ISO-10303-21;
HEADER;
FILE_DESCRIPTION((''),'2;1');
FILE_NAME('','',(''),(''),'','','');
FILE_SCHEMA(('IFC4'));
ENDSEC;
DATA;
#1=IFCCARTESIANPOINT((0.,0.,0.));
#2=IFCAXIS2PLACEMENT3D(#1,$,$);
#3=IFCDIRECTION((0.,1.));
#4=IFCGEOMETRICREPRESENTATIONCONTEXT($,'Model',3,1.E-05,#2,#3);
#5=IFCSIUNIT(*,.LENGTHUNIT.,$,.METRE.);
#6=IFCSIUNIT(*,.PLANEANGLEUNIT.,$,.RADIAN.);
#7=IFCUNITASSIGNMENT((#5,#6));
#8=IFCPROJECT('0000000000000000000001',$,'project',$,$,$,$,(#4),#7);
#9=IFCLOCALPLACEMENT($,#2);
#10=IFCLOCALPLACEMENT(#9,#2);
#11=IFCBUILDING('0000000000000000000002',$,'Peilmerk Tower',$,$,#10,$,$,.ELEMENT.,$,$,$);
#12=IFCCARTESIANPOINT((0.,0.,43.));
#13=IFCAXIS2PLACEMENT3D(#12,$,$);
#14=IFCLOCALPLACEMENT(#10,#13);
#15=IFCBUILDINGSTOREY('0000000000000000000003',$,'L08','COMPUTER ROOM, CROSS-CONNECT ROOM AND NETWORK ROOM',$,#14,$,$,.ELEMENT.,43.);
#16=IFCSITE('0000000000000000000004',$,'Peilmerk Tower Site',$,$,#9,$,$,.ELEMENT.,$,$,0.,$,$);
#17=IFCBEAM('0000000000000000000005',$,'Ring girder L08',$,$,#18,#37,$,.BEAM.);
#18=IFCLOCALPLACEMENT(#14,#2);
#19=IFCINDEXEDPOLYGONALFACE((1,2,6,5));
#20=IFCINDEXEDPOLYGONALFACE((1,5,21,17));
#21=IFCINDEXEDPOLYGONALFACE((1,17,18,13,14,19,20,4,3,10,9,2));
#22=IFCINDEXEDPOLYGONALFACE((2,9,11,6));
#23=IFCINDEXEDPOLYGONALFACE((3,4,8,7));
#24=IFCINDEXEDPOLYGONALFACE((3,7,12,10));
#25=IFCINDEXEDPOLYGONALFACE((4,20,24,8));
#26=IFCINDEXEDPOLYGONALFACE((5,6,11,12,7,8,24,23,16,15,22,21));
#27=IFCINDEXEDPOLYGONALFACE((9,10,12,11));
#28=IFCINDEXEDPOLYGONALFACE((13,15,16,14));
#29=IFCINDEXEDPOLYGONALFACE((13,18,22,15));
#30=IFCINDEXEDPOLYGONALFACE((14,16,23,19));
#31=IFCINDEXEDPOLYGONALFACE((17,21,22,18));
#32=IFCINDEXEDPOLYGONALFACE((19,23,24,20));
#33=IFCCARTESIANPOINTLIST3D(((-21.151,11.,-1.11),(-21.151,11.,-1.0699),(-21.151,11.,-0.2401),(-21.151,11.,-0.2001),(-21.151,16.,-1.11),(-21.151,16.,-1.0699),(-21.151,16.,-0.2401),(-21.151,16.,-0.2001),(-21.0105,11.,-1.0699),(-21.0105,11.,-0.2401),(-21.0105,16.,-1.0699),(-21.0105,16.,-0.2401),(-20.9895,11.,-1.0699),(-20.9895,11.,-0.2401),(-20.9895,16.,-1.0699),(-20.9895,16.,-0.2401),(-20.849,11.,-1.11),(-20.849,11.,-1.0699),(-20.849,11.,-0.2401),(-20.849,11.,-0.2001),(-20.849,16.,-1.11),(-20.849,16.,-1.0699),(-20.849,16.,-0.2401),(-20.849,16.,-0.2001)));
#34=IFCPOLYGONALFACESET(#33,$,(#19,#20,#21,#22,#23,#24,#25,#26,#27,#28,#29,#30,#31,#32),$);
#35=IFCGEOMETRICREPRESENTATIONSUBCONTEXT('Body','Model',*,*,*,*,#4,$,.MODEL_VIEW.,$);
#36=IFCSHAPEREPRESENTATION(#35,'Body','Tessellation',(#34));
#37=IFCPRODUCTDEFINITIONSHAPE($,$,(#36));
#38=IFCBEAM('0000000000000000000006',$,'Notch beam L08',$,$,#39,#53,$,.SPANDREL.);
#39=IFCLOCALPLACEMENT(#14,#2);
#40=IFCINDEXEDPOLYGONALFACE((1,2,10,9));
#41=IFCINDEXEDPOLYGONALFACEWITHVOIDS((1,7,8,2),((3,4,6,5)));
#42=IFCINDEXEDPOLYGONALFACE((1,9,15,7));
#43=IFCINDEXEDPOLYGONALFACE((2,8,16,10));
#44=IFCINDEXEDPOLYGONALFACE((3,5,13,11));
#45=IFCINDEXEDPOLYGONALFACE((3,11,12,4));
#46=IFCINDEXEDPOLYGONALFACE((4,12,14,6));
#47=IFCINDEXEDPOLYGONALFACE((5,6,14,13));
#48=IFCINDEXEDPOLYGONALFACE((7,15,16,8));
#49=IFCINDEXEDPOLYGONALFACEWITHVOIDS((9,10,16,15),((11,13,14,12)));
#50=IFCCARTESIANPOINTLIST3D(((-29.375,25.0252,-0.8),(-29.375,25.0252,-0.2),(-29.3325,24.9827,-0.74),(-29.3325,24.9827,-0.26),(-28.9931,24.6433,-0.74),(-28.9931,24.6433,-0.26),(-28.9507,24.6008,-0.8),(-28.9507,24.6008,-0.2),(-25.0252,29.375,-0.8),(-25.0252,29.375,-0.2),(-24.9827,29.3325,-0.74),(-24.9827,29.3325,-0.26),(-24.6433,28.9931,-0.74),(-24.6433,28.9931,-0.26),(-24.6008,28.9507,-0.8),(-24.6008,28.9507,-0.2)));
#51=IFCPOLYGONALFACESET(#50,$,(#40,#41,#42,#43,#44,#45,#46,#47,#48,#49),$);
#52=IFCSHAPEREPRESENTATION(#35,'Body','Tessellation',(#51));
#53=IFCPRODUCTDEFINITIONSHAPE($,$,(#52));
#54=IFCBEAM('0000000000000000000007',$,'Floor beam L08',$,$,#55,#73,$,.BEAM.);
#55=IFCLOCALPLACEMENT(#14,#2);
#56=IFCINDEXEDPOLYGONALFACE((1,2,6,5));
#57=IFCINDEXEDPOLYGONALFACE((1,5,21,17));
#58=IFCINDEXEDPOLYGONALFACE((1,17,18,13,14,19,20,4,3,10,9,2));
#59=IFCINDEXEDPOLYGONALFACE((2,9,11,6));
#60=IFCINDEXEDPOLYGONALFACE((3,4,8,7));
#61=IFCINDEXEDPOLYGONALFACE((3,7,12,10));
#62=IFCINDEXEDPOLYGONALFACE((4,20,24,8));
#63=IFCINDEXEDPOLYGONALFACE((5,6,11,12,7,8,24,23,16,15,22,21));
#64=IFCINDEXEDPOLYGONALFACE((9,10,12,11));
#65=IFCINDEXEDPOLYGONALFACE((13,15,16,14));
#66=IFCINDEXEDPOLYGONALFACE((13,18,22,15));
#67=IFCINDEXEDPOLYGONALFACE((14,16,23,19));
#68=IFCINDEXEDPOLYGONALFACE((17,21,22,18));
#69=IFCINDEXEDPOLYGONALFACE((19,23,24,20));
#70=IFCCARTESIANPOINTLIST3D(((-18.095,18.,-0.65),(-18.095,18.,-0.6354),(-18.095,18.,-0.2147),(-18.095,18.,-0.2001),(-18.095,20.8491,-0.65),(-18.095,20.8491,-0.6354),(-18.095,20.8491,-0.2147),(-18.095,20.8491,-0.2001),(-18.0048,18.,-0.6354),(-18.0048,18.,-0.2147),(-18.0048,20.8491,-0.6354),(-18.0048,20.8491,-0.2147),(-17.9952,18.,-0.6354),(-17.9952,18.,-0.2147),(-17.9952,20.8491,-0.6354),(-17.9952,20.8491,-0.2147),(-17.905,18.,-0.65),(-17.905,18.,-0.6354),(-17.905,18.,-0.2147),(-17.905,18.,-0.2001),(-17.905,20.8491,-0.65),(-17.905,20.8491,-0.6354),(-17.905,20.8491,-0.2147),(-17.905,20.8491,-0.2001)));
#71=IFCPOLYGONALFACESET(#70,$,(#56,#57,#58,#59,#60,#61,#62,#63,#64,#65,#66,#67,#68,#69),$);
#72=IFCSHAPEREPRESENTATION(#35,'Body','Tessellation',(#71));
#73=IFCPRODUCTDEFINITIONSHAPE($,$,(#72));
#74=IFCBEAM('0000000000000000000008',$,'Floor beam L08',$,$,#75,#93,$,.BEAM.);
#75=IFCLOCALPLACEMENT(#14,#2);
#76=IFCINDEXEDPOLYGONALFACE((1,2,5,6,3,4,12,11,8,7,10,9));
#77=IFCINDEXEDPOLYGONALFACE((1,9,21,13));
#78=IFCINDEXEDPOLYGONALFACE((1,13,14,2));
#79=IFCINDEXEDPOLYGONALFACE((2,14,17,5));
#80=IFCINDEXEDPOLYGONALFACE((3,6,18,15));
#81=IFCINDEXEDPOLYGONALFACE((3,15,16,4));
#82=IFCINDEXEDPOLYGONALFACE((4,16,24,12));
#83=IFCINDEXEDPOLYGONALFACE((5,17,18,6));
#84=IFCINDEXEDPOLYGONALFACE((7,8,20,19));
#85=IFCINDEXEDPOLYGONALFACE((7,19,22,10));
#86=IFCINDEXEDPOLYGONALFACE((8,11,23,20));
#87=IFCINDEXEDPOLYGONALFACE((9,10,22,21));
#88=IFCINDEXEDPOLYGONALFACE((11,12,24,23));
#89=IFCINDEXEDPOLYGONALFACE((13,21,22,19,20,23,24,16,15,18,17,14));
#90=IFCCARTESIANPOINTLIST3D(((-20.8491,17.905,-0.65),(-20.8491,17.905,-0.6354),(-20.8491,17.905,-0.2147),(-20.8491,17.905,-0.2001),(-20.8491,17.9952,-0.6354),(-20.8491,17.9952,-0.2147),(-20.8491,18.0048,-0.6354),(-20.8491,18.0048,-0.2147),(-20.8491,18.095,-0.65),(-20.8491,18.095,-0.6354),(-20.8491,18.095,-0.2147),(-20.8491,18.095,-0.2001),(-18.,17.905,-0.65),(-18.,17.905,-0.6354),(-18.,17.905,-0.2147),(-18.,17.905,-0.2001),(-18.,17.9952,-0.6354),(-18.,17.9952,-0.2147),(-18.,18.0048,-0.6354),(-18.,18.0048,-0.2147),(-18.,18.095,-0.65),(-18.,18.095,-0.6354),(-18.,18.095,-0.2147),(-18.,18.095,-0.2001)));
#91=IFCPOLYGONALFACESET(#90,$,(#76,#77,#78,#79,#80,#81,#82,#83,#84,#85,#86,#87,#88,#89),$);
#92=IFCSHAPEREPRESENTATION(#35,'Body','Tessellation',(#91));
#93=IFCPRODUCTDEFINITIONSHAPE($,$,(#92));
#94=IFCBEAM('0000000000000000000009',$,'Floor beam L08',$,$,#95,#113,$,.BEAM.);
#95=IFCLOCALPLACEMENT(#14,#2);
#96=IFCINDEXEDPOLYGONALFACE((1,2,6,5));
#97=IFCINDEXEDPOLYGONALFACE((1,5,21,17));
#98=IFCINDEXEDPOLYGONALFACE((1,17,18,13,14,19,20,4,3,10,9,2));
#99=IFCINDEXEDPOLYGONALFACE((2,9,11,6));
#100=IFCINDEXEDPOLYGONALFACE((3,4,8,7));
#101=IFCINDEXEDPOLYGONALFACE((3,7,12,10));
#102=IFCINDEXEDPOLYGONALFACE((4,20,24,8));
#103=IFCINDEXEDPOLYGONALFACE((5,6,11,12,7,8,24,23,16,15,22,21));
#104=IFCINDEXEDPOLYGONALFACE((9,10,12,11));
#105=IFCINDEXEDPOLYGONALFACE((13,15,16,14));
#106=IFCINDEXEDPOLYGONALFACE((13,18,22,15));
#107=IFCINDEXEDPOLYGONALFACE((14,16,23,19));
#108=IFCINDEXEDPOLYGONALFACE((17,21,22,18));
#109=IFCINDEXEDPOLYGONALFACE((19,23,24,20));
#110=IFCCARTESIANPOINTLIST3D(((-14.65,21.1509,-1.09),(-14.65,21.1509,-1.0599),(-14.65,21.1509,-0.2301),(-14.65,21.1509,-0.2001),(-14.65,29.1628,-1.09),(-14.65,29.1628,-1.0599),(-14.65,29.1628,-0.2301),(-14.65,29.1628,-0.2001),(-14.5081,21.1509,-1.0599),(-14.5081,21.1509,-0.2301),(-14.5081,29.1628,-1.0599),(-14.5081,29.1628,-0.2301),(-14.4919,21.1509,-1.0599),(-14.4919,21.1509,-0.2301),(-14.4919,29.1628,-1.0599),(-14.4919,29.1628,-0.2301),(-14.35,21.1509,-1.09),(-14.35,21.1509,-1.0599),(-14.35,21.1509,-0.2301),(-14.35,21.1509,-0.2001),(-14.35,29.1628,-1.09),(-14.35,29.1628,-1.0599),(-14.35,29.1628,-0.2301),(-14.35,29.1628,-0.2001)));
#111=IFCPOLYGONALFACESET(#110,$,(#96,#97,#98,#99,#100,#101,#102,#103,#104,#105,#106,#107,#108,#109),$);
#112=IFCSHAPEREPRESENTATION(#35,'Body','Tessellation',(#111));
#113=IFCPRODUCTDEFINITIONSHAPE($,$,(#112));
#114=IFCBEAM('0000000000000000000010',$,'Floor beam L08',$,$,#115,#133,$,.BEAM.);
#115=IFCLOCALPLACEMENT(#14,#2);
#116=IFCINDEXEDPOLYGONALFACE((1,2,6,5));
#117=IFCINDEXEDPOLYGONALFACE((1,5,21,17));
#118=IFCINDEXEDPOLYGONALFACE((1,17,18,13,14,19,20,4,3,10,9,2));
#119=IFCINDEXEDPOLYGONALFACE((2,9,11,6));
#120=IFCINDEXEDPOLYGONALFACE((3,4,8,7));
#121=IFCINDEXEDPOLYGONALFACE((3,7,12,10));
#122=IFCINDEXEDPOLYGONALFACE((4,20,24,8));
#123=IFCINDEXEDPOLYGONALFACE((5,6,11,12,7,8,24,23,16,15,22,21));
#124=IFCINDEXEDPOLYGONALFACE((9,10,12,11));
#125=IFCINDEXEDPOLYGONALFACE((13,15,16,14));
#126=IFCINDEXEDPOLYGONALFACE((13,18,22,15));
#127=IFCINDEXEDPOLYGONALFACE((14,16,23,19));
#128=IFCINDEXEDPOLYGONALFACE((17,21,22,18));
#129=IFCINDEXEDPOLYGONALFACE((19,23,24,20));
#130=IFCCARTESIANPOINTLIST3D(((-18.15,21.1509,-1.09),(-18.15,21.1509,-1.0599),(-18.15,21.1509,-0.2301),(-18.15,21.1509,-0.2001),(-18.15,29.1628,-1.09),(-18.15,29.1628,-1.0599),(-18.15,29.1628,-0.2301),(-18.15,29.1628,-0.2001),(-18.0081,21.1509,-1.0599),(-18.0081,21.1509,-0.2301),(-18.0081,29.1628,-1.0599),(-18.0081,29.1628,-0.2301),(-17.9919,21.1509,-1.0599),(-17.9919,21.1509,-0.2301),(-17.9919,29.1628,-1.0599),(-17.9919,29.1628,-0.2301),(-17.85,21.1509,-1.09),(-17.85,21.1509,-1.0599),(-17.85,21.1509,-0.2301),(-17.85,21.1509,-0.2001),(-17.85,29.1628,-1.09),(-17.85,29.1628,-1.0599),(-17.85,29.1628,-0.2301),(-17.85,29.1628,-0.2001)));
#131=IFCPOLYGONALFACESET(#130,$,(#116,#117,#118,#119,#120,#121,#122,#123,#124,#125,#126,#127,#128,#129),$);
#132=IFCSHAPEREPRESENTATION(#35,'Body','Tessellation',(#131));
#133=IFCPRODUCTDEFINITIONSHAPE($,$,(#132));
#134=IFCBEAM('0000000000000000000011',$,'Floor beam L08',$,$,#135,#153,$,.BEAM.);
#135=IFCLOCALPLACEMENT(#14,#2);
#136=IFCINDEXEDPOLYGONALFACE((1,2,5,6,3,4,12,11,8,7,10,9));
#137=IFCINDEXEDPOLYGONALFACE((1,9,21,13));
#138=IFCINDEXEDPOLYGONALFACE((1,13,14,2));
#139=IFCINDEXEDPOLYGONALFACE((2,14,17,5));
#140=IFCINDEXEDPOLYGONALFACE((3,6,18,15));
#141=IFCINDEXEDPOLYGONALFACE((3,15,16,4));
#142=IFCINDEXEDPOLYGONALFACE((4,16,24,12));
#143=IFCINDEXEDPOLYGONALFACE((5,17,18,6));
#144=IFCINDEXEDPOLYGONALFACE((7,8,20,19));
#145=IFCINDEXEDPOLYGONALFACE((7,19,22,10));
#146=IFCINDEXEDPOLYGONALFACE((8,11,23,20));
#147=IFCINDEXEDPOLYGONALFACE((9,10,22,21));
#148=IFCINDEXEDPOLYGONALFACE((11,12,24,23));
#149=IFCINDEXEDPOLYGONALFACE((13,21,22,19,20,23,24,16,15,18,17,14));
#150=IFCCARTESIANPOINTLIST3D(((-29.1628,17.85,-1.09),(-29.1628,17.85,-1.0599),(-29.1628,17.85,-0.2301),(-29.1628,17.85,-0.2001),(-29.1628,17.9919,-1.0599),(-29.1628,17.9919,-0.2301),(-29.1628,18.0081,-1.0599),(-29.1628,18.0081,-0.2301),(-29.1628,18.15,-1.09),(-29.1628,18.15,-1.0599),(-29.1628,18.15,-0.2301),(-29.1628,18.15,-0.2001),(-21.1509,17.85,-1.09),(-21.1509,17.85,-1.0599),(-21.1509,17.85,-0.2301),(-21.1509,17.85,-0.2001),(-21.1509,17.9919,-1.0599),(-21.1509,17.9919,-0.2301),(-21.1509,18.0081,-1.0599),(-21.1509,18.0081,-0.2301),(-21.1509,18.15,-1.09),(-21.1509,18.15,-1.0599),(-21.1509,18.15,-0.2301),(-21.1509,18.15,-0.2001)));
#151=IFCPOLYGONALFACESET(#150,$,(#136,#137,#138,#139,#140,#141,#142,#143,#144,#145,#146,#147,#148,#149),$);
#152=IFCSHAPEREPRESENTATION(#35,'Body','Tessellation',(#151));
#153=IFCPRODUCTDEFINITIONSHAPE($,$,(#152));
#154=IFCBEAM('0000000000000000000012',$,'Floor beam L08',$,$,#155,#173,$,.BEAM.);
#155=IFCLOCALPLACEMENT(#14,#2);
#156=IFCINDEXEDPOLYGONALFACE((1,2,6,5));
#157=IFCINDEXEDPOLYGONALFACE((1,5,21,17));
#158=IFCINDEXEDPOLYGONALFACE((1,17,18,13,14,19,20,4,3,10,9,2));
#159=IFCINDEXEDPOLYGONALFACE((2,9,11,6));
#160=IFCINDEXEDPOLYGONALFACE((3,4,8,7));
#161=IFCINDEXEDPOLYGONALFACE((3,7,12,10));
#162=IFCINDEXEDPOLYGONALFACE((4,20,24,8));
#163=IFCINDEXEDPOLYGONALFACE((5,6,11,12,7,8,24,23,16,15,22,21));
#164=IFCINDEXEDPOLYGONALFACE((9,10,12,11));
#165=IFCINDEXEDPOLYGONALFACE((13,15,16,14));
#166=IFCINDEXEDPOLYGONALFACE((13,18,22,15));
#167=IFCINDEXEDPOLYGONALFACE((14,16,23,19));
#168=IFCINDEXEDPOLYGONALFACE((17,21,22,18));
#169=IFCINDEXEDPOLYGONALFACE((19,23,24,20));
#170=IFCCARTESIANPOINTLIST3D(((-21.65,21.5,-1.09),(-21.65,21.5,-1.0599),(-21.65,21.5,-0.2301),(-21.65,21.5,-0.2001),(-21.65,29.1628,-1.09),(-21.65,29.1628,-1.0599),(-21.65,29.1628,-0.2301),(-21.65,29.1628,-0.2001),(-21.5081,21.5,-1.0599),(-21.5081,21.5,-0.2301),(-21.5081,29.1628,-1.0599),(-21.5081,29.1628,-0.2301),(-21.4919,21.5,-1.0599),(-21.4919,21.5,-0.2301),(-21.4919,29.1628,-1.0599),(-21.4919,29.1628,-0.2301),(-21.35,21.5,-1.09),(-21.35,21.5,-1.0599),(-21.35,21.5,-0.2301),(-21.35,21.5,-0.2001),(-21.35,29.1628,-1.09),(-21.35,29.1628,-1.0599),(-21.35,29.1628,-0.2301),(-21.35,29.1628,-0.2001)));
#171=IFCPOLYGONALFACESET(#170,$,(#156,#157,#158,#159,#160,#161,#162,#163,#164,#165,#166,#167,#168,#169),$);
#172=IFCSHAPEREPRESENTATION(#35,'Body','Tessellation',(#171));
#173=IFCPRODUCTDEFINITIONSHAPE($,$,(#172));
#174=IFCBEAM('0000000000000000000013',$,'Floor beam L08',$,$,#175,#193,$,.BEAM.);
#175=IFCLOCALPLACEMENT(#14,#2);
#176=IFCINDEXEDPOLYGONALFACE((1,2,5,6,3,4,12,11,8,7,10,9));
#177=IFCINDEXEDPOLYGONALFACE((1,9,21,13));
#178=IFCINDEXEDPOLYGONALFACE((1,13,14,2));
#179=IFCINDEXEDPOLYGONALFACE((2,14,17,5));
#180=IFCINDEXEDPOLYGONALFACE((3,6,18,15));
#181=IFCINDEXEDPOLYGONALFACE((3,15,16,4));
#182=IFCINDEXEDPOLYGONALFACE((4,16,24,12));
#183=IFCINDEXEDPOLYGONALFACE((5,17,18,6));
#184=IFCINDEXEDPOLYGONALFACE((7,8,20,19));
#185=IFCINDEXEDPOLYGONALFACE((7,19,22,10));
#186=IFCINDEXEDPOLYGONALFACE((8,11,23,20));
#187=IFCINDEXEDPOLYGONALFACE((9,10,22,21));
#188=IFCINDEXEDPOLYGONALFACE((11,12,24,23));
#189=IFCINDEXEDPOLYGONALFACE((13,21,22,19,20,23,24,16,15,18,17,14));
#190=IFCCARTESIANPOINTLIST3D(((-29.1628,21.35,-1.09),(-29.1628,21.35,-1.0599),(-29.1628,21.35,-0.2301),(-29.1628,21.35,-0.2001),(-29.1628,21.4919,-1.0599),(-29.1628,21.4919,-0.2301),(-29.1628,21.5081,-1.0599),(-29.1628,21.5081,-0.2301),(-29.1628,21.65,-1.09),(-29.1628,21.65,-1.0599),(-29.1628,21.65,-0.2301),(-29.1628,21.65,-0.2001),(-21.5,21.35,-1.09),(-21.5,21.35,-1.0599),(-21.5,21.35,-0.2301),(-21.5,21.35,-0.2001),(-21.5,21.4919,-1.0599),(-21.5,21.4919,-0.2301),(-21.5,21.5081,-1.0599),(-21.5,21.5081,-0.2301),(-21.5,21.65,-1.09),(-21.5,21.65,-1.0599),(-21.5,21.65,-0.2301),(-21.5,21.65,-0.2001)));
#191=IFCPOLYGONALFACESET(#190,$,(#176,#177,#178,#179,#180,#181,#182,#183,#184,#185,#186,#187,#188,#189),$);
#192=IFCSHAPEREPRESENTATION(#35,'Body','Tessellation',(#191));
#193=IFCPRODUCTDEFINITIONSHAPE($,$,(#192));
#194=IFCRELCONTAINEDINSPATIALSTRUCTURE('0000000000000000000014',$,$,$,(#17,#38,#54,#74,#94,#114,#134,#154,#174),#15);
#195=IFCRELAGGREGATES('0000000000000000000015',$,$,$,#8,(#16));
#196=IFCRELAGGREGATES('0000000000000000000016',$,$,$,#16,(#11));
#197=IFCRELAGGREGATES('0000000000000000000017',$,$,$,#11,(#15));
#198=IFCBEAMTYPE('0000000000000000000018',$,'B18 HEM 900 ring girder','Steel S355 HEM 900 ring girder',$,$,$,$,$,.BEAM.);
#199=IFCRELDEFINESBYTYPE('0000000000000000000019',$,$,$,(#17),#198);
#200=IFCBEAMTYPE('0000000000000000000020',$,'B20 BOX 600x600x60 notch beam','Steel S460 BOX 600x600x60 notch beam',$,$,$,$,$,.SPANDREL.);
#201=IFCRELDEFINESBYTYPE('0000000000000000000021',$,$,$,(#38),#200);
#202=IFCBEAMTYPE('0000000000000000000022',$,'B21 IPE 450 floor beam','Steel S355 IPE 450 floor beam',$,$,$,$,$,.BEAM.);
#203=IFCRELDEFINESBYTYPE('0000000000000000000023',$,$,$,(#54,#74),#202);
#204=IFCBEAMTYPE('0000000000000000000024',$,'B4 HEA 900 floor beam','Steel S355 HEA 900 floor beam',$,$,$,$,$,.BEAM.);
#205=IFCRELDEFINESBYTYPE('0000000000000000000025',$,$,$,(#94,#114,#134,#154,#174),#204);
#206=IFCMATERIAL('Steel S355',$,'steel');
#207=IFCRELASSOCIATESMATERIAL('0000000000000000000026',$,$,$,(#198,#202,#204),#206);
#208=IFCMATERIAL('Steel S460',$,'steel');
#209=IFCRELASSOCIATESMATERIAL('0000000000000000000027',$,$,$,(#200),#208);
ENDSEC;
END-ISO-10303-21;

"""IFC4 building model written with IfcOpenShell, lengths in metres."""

from ifc_helpers import new_model, si_unit, direction, frame, origin, origin_2d, place, context, subcontext, project, spatial, hollow_rectangle, i_section, extrude, material, material_profile, profile_set, type_object, element, save


model = new_model("IFC4")

# Units and contexts
model_context = context("Model", 3, precision=1e-05, world=origin(), true_north=direction((0.0, 1.0)))
body_context = subcontext(model_context, "Body", "Model", "MODEL_VIEW")
ifc_project = project(units=[si_unit("LENGTHUNIT", "METRE"), si_unit("PLANEANGLEUNIT", "RADIAN")], contexts=[model_context])

# Site, building, storey
site_placement = place(None, origin())
site = spatial("IfcSite", under=ifc_project, at=site_placement, Name="Peilmerk Tower Site", CompositionType="ELEMENT", RefElevation=0.0)
building_placement = place(site_placement, origin())
building = spatial("IfcBuilding", under=site, at=building_placement, Name="Peilmerk Tower", CompositionType="ELEMENT")
storey_placement = place(building_placement, frame((0.0, 0.0, 43.0)))
storey = spatial("IfcBuildingStorey", under=building, at=storey_placement, Name="L08", Description="COMPUTER ROOM, CROSS-CONNECT ROOM AND NETWORK ROOM", CompositionType="ELEMENT", Elevation=43.0)

# Beams
ifc_material_1 = material(Name="Steel S355", Category="steel")
ifc_material_2 = material(Name="Steel S460", Category="steel")
ifc_material_profile_1 = material_profile(ifc_material_1, i_section(OverallWidth=0.302, OverallDepth=0.9099, WebThickness=0.021, FlangeThickness=0.04, at=origin_2d()), Name="HEM 900")
ifc_profile_set_1 = profile_set([ifc_material_profile_1], Name="Steel S355")
beam_type_1 = type_object("IfcBeamType", Name="B18 HEM 900 ring girder", Description="Steel S355 HEM 900 ring girder", PredefinedType="BEAM", material=ifc_profile_set_1)
for number, where, z_axis, x_axis, name in (
    (1, (-21.0, 16.0, -0.655), (0.0, -1.0, 0.0), (1.0, 0.0, 0.0), "Ring girder L08"),
):
    element("IfcBeam", number, at=place(storey_placement, frame(where, z_axis=z_axis, x_axis=x_axis)), inside=storey, type_object=beam_type_1, Name=name, PredefinedType="BEAM", context=body_context, shape_type="SweptSolid", body=[
        extrude(i_section(OverallWidth=0.302, OverallDepth=0.9099, WebThickness=0.021, FlangeThickness=0.04, at=origin_2d()), origin(), (0.0, 0.0, 1.0), 5.0),
    ])
ifc_material_profile_2 = material_profile(ifc_material_2, hollow_rectangle(XDim=0.6001, YDim=0.6001, WallThickness=0.0601, at=origin_2d()), Name="BOX 600x600x60")
ifc_profile_set_2 = profile_set([ifc_material_profile_2], Name="Steel S460")
beam_type_2 = type_object("IfcBeamType", Name="B20 BOX 600x600x60 notch beam", Description="Steel S460 BOX 600x600x60 notch beam", PredefinedType="SPANDREL", material=ifc_profile_set_2)
beam_1_placement = place(storey_placement, frame((-29.1628, 24.813, -0.5), z_axis=(0.707107, 0.707107, 0.0), x_axis=(-0.707107, 0.707107, 0.0)))
element("IfcBeam", 2, at=beam_1_placement, inside=storey, type_object=beam_type_2, Name="Notch beam L08", PredefinedType="SPANDREL", context=body_context, shape_type="SweptSolid", body=[
    extrude(hollow_rectangle(XDim=0.6001, YDim=0.6001, WallThickness=0.0601, at=origin_2d()), origin(), (0.0, 0.0, 1.0), 6.1516),
])
ifc_material_profile_3 = material_profile(ifc_material_1, i_section(OverallWidth=0.1899, OverallDepth=0.45, WebThickness=0.0095, FlangeThickness=0.0146, at=origin_2d()), Name="IPE 450")
ifc_profile_set_3 = profile_set([ifc_material_profile_3], Name="Steel S355")
beam_type_3 = type_object("IfcBeamType", Name="B21 IPE 450 floor beam", Description="Steel S355 IPE 450 floor beam", PredefinedType="BEAM", material=ifc_profile_set_3)
for number, where, z_axis, x_axis, name in (
    (3, (-18.0, 18.0, -0.425), (0.0, 1.0, 0.0), (-1.0, 0.0, 0.0), "Floor beam L08"),
    (4, (-18.0, 18.0, -0.425), (-1.0, 0.0, 0.0), (0.0, -1.0, 0.0), "Floor beam L08"),
):
    element("IfcBeam", number, at=place(storey_placement, frame(where, z_axis=z_axis, x_axis=x_axis)), inside=storey, type_object=beam_type_3, Name=name, PredefinedType="BEAM", context=body_context, shape_type="SweptSolid", body=[
        extrude(i_section(OverallWidth=0.1899, OverallDepth=0.45, WebThickness=0.0095, FlangeThickness=0.0146, at=origin_2d()), origin(), (0.0, 0.0, 1.0), 2.8491),
    ])
ifc_material_profile_4 = material_profile(ifc_material_1, i_section(OverallWidth=0.3, OverallDepth=0.8899, WebThickness=0.0161, FlangeThickness=0.03, at=origin_2d()), Name="HEA 900")
ifc_profile_set_4 = profile_set([ifc_material_profile_4], Name="Steel S355")
beam_type_4 = type_object("IfcBeamType", Name="B4 HEA 900 floor beam", Description="Steel S355 HEA 900 floor beam", PredefinedType="BEAM", material=ifc_profile_set_4)
for number, where, z_axis, x_axis, name in (
    (5, (-14.5, 21.1509, -0.645), (0.0, 1.0, 0.0), (-1.0, 0.0, 0.0), "Floor beam L08"),
    (6, (-18.0, 21.1509, -0.645), (0.0, 1.0, 0.0), (-1.0, 0.0, 0.0), "Floor beam L08"),
    (7, (-21.1509, 18.0, -0.645), (-1.0, 0.0, 0.0), (0.0, -1.0, 0.0), "Floor beam L08"),
):
    element("IfcBeam", number, at=place(storey_placement, frame(where, z_axis=z_axis, x_axis=x_axis)), inside=storey, type_object=beam_type_4, Name=name, PredefinedType="BEAM", context=body_context, shape_type="SweptSolid", body=[
        extrude(i_section(OverallWidth=0.3, OverallDepth=0.8899, WebThickness=0.0161, FlangeThickness=0.03, at=origin_2d()), origin(), (0.0, 0.0, 1.0), 8.012),
    ])
for number, where, z_axis, x_axis, name in (
    (8, (-21.5, 21.5, -0.645), (0.0, 1.0, 0.0), (-1.0, 0.0, 0.0), "Floor beam L08"),
    (9, (-21.5, 21.5, -0.645), (-1.0, 0.0, 0.0), (0.0, -1.0, 0.0), "Floor beam L08"),
):
    element("IfcBeam", number, at=place(storey_placement, frame(where, z_axis=z_axis, x_axis=x_axis)), inside=storey, type_object=beam_type_4, Name=name, PredefinedType="BEAM", context=body_context, shape_type="SweptSolid", body=[
        extrude(i_section(OverallWidth=0.3, OverallDepth=0.8899, WebThickness=0.0161, FlangeThickness=0.03, at=origin_2d()), origin(), (0.0, 0.0, 1.0), 7.6628),
    ])

save(model, "model.ifc")
